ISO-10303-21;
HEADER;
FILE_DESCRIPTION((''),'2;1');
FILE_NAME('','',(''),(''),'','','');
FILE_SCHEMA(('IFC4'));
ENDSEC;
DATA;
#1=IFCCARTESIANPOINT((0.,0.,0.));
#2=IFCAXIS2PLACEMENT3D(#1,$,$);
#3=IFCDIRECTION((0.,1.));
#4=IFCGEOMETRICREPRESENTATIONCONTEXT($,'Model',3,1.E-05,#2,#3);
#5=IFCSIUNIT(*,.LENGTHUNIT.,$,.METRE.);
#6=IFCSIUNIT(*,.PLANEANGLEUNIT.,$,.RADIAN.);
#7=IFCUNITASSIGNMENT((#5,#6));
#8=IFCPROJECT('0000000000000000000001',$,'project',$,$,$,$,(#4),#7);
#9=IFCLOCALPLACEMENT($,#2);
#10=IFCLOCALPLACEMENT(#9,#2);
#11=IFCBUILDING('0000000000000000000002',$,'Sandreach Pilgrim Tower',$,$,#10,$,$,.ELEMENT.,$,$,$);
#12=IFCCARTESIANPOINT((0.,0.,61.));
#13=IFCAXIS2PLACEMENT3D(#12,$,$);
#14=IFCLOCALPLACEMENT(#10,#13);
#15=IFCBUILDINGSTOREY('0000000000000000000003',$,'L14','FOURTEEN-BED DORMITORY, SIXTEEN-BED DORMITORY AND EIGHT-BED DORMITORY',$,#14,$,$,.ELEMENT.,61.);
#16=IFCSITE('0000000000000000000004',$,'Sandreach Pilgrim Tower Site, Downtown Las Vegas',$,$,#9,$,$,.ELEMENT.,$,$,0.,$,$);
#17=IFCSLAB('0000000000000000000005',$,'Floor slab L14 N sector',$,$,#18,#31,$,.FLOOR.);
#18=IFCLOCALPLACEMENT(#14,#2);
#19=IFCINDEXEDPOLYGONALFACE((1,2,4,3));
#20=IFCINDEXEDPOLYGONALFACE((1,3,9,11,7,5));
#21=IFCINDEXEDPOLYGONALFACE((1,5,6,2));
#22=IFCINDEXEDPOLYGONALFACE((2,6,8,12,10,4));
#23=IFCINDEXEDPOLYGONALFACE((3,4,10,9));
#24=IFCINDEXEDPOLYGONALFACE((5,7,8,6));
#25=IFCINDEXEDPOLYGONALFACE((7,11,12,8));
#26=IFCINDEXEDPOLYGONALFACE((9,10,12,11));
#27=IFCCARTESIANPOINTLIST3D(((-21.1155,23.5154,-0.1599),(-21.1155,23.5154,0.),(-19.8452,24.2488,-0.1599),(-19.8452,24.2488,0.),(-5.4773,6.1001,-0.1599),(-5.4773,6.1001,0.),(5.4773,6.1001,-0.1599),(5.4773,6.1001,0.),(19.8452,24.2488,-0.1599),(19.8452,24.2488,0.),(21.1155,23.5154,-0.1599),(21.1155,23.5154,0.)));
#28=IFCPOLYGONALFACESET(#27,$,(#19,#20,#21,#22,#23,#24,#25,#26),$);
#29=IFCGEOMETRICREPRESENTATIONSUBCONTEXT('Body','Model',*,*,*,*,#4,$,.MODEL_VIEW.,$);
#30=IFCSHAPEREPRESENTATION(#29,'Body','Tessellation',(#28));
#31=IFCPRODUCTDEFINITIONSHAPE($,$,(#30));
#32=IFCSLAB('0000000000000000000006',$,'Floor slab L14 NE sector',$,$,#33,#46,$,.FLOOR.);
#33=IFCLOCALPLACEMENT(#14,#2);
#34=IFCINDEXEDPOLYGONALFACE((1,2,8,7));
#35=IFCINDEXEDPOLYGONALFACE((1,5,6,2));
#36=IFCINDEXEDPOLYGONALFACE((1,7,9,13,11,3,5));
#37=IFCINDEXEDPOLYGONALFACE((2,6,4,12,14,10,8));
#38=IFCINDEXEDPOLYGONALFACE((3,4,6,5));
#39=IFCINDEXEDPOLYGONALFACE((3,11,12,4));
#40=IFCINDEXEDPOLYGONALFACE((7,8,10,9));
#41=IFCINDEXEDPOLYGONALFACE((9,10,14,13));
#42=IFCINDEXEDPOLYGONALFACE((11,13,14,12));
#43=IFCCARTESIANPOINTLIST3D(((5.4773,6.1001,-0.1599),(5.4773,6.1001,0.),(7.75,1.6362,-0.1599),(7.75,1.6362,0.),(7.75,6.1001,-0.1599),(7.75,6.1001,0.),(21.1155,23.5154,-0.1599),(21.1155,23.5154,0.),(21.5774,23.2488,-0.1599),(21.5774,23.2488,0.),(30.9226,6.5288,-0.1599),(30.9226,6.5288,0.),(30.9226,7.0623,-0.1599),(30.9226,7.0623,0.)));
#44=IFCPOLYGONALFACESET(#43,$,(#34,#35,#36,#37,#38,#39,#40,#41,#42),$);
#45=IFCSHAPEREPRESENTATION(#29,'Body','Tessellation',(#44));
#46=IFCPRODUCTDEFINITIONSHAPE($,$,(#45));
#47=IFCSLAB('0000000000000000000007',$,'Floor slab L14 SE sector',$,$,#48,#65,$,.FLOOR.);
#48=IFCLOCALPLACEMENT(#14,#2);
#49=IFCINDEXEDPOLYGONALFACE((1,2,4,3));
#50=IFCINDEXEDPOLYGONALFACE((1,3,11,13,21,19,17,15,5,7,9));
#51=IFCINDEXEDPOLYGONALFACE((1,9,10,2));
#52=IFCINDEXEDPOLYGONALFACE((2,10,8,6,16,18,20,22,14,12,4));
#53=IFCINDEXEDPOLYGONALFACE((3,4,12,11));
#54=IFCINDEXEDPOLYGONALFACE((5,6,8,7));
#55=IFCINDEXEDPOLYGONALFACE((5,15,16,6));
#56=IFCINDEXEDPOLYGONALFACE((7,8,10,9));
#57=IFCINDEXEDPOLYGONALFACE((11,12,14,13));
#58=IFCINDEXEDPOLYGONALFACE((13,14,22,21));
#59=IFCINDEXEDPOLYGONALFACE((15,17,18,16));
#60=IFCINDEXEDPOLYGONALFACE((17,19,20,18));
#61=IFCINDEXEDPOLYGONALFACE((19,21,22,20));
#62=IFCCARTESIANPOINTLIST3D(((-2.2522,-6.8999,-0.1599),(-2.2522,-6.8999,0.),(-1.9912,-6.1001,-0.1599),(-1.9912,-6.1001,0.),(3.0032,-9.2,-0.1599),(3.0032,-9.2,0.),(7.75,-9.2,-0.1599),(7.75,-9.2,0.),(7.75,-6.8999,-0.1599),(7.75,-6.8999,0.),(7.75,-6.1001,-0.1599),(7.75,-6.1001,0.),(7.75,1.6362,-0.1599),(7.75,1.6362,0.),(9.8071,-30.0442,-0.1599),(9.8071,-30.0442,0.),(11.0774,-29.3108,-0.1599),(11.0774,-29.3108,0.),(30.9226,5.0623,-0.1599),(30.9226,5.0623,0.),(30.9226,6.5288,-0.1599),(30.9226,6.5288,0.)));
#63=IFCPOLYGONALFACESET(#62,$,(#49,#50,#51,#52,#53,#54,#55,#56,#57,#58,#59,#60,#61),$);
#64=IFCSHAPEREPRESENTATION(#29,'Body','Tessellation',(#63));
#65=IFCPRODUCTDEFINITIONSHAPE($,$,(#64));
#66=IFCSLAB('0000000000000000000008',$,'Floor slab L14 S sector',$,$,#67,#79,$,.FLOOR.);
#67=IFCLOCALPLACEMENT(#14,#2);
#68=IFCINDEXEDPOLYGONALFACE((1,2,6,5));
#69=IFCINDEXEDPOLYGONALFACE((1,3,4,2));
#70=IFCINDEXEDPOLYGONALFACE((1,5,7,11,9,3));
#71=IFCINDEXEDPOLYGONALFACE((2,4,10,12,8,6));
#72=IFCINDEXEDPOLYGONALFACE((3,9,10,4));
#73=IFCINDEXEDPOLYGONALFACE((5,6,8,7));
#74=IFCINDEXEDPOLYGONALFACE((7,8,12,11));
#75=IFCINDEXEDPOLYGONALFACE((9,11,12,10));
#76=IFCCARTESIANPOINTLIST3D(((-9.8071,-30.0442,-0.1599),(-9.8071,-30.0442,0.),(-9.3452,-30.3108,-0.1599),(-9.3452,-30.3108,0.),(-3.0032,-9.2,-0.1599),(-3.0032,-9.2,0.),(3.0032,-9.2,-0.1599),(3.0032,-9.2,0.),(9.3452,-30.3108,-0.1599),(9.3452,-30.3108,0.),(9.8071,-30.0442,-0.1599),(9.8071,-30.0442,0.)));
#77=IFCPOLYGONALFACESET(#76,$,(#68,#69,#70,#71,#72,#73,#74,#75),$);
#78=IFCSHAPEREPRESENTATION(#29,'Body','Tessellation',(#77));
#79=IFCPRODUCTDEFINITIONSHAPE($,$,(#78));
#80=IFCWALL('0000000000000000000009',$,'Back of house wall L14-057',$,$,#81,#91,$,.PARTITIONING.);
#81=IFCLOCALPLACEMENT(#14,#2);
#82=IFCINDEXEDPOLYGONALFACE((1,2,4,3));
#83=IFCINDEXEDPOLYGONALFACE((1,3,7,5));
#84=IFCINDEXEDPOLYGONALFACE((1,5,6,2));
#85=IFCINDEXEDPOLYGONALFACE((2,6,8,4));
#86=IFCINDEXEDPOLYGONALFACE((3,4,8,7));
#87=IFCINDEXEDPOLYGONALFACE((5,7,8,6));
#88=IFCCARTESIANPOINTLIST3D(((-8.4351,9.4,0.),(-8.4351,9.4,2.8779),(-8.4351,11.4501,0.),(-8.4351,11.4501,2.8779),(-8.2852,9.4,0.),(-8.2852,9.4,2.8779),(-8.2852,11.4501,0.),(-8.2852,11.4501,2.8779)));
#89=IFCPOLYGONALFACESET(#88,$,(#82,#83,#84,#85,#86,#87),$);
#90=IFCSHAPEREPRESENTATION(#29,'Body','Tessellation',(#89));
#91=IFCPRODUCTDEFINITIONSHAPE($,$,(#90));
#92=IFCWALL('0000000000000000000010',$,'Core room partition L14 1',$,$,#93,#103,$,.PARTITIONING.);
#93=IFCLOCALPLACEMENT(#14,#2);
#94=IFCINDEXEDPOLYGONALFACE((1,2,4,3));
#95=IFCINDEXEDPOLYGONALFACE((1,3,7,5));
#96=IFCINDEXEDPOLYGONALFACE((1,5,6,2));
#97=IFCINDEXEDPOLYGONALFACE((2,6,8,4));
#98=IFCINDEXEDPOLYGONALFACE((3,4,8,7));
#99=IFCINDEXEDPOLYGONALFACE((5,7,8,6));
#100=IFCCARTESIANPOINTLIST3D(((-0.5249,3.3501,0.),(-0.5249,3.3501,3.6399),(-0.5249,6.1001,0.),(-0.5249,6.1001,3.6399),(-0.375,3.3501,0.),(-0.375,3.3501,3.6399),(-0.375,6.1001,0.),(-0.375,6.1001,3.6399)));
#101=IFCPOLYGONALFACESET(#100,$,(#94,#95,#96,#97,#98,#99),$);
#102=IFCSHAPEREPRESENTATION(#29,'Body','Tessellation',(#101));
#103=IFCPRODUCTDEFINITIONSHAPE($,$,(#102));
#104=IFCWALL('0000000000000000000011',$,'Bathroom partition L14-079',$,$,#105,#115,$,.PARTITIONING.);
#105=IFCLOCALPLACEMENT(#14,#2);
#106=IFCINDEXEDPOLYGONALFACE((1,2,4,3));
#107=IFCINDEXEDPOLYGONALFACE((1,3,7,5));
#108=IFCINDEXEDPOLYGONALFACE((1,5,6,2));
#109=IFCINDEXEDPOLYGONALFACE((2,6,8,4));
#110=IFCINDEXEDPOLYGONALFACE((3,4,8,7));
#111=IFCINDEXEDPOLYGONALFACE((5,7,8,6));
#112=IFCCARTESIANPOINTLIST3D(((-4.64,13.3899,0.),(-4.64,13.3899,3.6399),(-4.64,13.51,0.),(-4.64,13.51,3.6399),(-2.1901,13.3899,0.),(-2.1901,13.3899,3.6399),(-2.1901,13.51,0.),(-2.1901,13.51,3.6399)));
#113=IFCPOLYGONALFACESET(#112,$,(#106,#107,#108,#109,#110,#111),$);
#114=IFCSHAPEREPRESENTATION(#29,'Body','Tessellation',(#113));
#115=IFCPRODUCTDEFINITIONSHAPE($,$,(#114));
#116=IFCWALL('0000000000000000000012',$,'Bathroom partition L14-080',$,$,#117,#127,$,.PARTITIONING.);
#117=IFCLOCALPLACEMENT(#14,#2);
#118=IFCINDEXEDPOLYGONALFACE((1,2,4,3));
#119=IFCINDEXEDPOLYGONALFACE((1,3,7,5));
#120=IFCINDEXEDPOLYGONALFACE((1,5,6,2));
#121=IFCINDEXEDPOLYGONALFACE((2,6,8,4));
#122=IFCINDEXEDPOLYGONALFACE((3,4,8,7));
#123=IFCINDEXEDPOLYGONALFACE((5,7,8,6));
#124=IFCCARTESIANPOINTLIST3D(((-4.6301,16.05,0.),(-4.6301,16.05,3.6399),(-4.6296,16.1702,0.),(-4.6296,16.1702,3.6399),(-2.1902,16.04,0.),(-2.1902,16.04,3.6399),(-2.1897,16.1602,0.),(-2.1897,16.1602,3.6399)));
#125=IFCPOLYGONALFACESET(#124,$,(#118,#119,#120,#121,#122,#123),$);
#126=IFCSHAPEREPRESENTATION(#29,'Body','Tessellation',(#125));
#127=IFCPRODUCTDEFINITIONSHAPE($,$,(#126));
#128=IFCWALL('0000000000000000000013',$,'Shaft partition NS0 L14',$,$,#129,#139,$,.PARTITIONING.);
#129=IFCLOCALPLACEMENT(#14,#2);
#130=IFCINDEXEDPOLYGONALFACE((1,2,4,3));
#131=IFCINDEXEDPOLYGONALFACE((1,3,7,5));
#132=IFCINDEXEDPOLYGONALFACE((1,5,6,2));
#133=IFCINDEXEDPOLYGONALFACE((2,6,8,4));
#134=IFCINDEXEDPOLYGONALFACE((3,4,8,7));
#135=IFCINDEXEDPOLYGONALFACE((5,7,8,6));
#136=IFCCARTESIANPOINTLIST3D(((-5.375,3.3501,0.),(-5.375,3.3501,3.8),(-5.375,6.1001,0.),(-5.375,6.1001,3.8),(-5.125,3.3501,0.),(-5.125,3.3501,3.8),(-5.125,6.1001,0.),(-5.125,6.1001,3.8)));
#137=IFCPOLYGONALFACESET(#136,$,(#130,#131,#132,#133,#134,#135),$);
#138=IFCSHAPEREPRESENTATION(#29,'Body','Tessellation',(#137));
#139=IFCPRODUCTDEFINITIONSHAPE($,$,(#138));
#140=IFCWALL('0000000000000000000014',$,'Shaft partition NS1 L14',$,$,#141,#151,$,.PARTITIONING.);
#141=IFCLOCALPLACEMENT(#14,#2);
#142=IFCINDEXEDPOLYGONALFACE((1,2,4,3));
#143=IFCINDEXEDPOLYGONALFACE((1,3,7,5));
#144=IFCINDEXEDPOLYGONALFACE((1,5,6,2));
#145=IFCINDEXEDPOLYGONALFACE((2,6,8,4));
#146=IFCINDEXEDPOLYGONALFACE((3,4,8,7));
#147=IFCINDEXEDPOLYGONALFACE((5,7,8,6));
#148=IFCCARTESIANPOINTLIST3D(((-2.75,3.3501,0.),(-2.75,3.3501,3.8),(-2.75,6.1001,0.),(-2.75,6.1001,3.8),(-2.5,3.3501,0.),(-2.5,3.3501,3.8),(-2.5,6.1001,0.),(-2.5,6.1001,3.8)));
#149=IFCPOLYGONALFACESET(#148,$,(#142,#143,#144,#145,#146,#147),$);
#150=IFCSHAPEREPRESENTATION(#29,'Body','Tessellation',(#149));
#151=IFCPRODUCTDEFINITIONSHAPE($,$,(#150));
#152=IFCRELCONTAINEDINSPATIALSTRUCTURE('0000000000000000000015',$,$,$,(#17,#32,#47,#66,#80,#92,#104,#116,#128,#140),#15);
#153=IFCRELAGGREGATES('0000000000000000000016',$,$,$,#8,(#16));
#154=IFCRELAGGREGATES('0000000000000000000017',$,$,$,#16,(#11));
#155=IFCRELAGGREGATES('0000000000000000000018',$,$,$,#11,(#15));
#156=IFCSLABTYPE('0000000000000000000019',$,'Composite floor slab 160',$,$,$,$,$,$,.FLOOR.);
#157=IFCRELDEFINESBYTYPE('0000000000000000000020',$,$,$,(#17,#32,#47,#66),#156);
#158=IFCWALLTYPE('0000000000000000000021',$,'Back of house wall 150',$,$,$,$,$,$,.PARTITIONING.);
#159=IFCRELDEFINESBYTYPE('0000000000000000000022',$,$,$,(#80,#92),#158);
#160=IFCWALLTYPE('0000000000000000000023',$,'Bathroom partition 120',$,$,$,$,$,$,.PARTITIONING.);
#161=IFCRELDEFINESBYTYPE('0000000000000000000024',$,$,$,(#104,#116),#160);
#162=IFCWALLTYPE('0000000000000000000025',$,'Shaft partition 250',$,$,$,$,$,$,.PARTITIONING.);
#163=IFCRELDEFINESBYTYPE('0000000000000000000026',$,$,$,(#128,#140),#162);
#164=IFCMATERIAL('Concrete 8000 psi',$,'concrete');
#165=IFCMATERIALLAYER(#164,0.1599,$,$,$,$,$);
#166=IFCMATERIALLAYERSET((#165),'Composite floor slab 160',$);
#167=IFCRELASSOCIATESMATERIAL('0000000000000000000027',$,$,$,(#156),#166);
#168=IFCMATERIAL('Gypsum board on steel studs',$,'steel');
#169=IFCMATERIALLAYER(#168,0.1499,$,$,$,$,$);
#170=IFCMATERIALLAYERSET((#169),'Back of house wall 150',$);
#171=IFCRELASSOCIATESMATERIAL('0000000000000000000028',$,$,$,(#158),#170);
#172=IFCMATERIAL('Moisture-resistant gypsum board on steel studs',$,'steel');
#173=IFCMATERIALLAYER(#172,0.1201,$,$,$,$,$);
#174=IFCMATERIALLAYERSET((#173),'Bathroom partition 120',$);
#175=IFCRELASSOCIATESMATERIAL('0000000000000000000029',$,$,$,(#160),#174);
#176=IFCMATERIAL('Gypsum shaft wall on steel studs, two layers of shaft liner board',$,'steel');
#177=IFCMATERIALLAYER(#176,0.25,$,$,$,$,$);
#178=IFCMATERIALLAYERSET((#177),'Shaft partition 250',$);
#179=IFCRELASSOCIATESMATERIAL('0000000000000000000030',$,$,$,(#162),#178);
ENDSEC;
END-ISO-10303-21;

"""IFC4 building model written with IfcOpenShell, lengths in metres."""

from ifc_helpers import new_model, si_unit, direction, frame, frame_2d, origin, place, context, subcontext, project, spatial, polyline, rectangle, outline, extrude, material, layer, layer_set, type_object, element, save


model = new_model("IFC4")

# Units and contexts
model_context = context("Model", 3, precision=1e-05, world=origin(), true_north=direction((0.0, 1.0)))
body_context = subcontext(model_context, "Body", "Model", "MODEL_VIEW")
ifc_project = project(units=[si_unit("LENGTHUNIT", "METRE"), si_unit("PLANEANGLEUNIT", "RADIAN")], contexts=[model_context])

# Site, building, storey
site_placement = place(None, origin())
site = spatial("IfcSite", under=ifc_project, at=site_placement, Name="Sandreach Pilgrim Tower Site, Downtown Las Vegas", CompositionType="ELEMENT", RefElevation=0.0)
building_placement = place(site_placement, origin())
building = spatial("IfcBuilding", under=site, at=building_placement, Name="Sandreach Pilgrim Tower", CompositionType="ELEMENT")
storey_placement = place(building_placement, frame((0.0, 0.0, 61.0)))
storey = spatial("IfcBuildingStorey", under=building, at=storey_placement, Name="L14", Description="FOURTEEN-BED DORMITORY, SIXTEEN-BED DORMITORY AND EIGHT-BED DORMITORY", CompositionType="ELEMENT", Elevation=61.0)

# Slabs
ifc_material_1 = material(Name="Concrete 8000 psi", Category="concrete")
ifc_layer_1 = layer(ifc_material_1, 0.1599)
ifc_layer_set_1 = layer_set([ifc_layer_1], Name="Composite floor slab 160")
slab_type = type_object("IfcSlabType", Name="Composite floor slab 160", PredefinedType="FLOOR", material=ifc_layer_set_1)
slab_1_placement = place(storey_placement, frame((0.0, 0.0, -0.1599)))
element("IfcSlab", 1, at=slab_1_placement, inside=storey, type_object=slab_type, Name="Floor slab L14 N sector", PredefinedType="FLOOR", context=body_context, shape_type="SweptSolid", body=[
    extrude(outline(polyline([(-19.8452, 24.2488), (19.8452, 24.2488), (21.1155, 23.5154), (5.4773, 6.1001), (-5.4773, 6.1001), (-21.1155, 23.5154), (-19.8452, 24.2488)])), origin(), (0.0, 0.0, 1.0), 0.1599),
])
slab_2_placement = place(storey_placement, frame((0.0, 0.0, -0.1599)))
element("IfcSlab", 2, at=slab_2_placement, inside=storey, type_object=slab_type, Name="Floor slab L14 NE sector", PredefinedType="FLOOR", context=body_context, shape_type="SweptSolid", body=[
    extrude(outline(polyline([(21.5774, 23.2488), (30.9226, 7.0623), (30.9226, 6.5288), (7.75, 1.6362), (7.75, 6.1001), (5.4773, 6.1001), (21.1155, 23.5154), (21.5774, 23.2488)])), origin(), (0.0, 0.0, 1.0), 0.1599),
])
slab_3_placement = place(storey_placement, frame((0.0, 0.0, -0.1599)))
element("IfcSlab", 3, at=slab_3_placement, inside=storey, type_object=slab_type, Name="Floor slab L14 SE sector", PredefinedType="FLOOR", context=body_context, shape_type="SweptSolid", body=[
    extrude(outline(polyline([(11.0774, -29.3108), (9.8071, -30.0442), (3.0032, -9.2), (7.75, -9.2), (7.75, -6.8999), (-2.2522, -6.8999), (-1.9912, -6.1001), (7.75, -6.1001), (7.75, 1.6362), (30.9226, 6.5288), (30.9226, 5.0623), (11.0774, -29.3108)])), origin(), (0.0, 0.0, 1.0), 0.1599),
])
slab_4_placement = place(storey_placement, frame((0.0, 0.0, -0.1599)))
element("IfcSlab", 4, at=slab_4_placement, inside=storey, type_object=slab_type, Name="Floor slab L14 S sector", PredefinedType="FLOOR", context=body_context, shape_type="SweptSolid", body=[
    extrude(outline(polyline([(9.3452, -30.3108), (-9.3452, -30.3108), (-9.8071, -30.0442), (-3.0032, -9.2), (3.0032, -9.2), (9.8071, -30.0442), (9.3452, -30.3108)])), origin(), (0.0, 0.0, 1.0), 0.1599),
])

# Walls
ifc_material_2 = material(Name="Gypsum board on steel studs", Category="steel")
ifc_layer_2 = layer(ifc_material_2, 0.1499)
ifc_layer_set_2 = layer_set([ifc_layer_2], Name="Back of house wall 150")
wall_type_1 = type_object("IfcWallType", Name="Back of house wall 150", PredefinedType="PARTITIONING", material=ifc_layer_set_2)
wall_1_placement = place(storey_placement, frame((-8.3601, 11.45, 0.0), z_axis=(0.0, 0.0, 1.0), x_axis=(0.0, -1.0, 0.0)))
element("IfcWall", 5, at=wall_1_placement, inside=storey, type_object=wall_type_1, Name="Back of house wall L14-057", PredefinedType="PARTITIONING", context=body_context, shape_type="SweptSolid", body=[
    extrude(rectangle(XDim=2.05, YDim=0.1499, at=frame_2d((1.0249, 0.0))), origin(), (0.0, 0.0, 1.0), 2.8779),
])
wall_2_placement = place(storey_placement, frame((-0.45, 3.3501, 0.0), z_axis=(0.0, 0.0, 1.0), x_axis=(0.0, 1.0, 0.0)))
element("IfcWall", 6, at=wall_2_placement, inside=storey, type_object=wall_type_1, Name="Core room partition L14 1", PredefinedType="PARTITIONING", context=body_context, shape_type="SweptSolid", body=[
    extrude(rectangle(XDim=2.75, YDim=0.1499, at=frame_2d((1.375, 0.0))), origin(), (0.0, 0.0, 1.0), 3.6399),
])
ifc_material_3 = material(Name="Moisture-resistant gypsum board on steel studs", Category="steel")
ifc_layer_3 = layer(ifc_material_3, 0.1201)
ifc_layer_set_3 = layer_set([ifc_layer_3], Name="Bathroom partition 120")
wall_type_2 = type_object("IfcWallType", Name="Bathroom partition 120", PredefinedType="PARTITIONING", material=ifc_layer_set_3)
wall_3_placement = place(storey_placement, frame((-2.1899, 13.45, 0.0), z_axis=(0.0, 0.0, 1.0), x_axis=(-1.0, 0.0, 0.0)))
element("IfcWall", 7, at=wall_3_placement, inside=storey, type_object=wall_type_2, Name="Bathroom partition L14-079", PredefinedType="PARTITIONING", context=body_context, shape_type="SweptSolid", body=[
    extrude(rectangle(XDim=2.45, YDim=0.1201, at=frame_2d((1.2251, 0.0))), origin(), (0.0, 0.0, 1.0), 3.6399),
])
wall_4_placement = place(storey_placement, frame((-2.1899, 16.1001, 0.0), z_axis=(0.0, 0.0, 1.0), x_axis=(-0.999992, 0.004102, 0.0)))
element("IfcWall", 8, at=wall_4_placement, inside=storey, type_object=wall_type_2, Name="Bathroom partition L14-080", PredefinedType="PARTITIONING", context=body_context, shape_type="SweptSolid", body=[
    extrude(rectangle(XDim=2.4399, YDim=0.1201, at=frame_2d((1.22, 0.0))), origin(), (0.0, 0.0, 1.0), 3.6399),
])

# Walls
ifc_material_4 = material(Name="Gypsum shaft wall on steel studs, two layers of shaft liner board", Category="steel")
ifc_layer_4 = layer(ifc_material_4, 0.25)
ifc_layer_set_4 = layer_set([ifc_layer_4], Name="Shaft partition 250")
wall_type_3 = type_object("IfcWallType", Name="Shaft partition 250", PredefinedType="PARTITIONING", material=ifc_layer_set_4)
for number, where, z_axis, x_axis, name in (
    (9, (-5.25, 3.3501, 0.0), (0.0, 0.0, 1.0), (0.0, 1.0, 0.0), "Shaft partition NS0 L14"),
    (10, (-2.625, 3.3501, 0.0), (0.0, 0.0, 1.0), (0.0, 1.0, 0.0), "Shaft partition NS1 L14"),
):
    element("IfcWall", number, at=place(storey_placement, frame(where, z_axis=z_axis, x_axis=x_axis)), inside=storey, type_object=wall_type_3, Name=name, PredefinedType="PARTITIONING", context=body_context, shape_type="SweptSolid", body=[
        extrude(rectangle(XDim=2.75, YDim=0.25, at=frame_2d((1.375, 0.0))), origin(), (0.0, 0.0, 1.0), 3.8),
    ])

save(model, "model.ifc")
